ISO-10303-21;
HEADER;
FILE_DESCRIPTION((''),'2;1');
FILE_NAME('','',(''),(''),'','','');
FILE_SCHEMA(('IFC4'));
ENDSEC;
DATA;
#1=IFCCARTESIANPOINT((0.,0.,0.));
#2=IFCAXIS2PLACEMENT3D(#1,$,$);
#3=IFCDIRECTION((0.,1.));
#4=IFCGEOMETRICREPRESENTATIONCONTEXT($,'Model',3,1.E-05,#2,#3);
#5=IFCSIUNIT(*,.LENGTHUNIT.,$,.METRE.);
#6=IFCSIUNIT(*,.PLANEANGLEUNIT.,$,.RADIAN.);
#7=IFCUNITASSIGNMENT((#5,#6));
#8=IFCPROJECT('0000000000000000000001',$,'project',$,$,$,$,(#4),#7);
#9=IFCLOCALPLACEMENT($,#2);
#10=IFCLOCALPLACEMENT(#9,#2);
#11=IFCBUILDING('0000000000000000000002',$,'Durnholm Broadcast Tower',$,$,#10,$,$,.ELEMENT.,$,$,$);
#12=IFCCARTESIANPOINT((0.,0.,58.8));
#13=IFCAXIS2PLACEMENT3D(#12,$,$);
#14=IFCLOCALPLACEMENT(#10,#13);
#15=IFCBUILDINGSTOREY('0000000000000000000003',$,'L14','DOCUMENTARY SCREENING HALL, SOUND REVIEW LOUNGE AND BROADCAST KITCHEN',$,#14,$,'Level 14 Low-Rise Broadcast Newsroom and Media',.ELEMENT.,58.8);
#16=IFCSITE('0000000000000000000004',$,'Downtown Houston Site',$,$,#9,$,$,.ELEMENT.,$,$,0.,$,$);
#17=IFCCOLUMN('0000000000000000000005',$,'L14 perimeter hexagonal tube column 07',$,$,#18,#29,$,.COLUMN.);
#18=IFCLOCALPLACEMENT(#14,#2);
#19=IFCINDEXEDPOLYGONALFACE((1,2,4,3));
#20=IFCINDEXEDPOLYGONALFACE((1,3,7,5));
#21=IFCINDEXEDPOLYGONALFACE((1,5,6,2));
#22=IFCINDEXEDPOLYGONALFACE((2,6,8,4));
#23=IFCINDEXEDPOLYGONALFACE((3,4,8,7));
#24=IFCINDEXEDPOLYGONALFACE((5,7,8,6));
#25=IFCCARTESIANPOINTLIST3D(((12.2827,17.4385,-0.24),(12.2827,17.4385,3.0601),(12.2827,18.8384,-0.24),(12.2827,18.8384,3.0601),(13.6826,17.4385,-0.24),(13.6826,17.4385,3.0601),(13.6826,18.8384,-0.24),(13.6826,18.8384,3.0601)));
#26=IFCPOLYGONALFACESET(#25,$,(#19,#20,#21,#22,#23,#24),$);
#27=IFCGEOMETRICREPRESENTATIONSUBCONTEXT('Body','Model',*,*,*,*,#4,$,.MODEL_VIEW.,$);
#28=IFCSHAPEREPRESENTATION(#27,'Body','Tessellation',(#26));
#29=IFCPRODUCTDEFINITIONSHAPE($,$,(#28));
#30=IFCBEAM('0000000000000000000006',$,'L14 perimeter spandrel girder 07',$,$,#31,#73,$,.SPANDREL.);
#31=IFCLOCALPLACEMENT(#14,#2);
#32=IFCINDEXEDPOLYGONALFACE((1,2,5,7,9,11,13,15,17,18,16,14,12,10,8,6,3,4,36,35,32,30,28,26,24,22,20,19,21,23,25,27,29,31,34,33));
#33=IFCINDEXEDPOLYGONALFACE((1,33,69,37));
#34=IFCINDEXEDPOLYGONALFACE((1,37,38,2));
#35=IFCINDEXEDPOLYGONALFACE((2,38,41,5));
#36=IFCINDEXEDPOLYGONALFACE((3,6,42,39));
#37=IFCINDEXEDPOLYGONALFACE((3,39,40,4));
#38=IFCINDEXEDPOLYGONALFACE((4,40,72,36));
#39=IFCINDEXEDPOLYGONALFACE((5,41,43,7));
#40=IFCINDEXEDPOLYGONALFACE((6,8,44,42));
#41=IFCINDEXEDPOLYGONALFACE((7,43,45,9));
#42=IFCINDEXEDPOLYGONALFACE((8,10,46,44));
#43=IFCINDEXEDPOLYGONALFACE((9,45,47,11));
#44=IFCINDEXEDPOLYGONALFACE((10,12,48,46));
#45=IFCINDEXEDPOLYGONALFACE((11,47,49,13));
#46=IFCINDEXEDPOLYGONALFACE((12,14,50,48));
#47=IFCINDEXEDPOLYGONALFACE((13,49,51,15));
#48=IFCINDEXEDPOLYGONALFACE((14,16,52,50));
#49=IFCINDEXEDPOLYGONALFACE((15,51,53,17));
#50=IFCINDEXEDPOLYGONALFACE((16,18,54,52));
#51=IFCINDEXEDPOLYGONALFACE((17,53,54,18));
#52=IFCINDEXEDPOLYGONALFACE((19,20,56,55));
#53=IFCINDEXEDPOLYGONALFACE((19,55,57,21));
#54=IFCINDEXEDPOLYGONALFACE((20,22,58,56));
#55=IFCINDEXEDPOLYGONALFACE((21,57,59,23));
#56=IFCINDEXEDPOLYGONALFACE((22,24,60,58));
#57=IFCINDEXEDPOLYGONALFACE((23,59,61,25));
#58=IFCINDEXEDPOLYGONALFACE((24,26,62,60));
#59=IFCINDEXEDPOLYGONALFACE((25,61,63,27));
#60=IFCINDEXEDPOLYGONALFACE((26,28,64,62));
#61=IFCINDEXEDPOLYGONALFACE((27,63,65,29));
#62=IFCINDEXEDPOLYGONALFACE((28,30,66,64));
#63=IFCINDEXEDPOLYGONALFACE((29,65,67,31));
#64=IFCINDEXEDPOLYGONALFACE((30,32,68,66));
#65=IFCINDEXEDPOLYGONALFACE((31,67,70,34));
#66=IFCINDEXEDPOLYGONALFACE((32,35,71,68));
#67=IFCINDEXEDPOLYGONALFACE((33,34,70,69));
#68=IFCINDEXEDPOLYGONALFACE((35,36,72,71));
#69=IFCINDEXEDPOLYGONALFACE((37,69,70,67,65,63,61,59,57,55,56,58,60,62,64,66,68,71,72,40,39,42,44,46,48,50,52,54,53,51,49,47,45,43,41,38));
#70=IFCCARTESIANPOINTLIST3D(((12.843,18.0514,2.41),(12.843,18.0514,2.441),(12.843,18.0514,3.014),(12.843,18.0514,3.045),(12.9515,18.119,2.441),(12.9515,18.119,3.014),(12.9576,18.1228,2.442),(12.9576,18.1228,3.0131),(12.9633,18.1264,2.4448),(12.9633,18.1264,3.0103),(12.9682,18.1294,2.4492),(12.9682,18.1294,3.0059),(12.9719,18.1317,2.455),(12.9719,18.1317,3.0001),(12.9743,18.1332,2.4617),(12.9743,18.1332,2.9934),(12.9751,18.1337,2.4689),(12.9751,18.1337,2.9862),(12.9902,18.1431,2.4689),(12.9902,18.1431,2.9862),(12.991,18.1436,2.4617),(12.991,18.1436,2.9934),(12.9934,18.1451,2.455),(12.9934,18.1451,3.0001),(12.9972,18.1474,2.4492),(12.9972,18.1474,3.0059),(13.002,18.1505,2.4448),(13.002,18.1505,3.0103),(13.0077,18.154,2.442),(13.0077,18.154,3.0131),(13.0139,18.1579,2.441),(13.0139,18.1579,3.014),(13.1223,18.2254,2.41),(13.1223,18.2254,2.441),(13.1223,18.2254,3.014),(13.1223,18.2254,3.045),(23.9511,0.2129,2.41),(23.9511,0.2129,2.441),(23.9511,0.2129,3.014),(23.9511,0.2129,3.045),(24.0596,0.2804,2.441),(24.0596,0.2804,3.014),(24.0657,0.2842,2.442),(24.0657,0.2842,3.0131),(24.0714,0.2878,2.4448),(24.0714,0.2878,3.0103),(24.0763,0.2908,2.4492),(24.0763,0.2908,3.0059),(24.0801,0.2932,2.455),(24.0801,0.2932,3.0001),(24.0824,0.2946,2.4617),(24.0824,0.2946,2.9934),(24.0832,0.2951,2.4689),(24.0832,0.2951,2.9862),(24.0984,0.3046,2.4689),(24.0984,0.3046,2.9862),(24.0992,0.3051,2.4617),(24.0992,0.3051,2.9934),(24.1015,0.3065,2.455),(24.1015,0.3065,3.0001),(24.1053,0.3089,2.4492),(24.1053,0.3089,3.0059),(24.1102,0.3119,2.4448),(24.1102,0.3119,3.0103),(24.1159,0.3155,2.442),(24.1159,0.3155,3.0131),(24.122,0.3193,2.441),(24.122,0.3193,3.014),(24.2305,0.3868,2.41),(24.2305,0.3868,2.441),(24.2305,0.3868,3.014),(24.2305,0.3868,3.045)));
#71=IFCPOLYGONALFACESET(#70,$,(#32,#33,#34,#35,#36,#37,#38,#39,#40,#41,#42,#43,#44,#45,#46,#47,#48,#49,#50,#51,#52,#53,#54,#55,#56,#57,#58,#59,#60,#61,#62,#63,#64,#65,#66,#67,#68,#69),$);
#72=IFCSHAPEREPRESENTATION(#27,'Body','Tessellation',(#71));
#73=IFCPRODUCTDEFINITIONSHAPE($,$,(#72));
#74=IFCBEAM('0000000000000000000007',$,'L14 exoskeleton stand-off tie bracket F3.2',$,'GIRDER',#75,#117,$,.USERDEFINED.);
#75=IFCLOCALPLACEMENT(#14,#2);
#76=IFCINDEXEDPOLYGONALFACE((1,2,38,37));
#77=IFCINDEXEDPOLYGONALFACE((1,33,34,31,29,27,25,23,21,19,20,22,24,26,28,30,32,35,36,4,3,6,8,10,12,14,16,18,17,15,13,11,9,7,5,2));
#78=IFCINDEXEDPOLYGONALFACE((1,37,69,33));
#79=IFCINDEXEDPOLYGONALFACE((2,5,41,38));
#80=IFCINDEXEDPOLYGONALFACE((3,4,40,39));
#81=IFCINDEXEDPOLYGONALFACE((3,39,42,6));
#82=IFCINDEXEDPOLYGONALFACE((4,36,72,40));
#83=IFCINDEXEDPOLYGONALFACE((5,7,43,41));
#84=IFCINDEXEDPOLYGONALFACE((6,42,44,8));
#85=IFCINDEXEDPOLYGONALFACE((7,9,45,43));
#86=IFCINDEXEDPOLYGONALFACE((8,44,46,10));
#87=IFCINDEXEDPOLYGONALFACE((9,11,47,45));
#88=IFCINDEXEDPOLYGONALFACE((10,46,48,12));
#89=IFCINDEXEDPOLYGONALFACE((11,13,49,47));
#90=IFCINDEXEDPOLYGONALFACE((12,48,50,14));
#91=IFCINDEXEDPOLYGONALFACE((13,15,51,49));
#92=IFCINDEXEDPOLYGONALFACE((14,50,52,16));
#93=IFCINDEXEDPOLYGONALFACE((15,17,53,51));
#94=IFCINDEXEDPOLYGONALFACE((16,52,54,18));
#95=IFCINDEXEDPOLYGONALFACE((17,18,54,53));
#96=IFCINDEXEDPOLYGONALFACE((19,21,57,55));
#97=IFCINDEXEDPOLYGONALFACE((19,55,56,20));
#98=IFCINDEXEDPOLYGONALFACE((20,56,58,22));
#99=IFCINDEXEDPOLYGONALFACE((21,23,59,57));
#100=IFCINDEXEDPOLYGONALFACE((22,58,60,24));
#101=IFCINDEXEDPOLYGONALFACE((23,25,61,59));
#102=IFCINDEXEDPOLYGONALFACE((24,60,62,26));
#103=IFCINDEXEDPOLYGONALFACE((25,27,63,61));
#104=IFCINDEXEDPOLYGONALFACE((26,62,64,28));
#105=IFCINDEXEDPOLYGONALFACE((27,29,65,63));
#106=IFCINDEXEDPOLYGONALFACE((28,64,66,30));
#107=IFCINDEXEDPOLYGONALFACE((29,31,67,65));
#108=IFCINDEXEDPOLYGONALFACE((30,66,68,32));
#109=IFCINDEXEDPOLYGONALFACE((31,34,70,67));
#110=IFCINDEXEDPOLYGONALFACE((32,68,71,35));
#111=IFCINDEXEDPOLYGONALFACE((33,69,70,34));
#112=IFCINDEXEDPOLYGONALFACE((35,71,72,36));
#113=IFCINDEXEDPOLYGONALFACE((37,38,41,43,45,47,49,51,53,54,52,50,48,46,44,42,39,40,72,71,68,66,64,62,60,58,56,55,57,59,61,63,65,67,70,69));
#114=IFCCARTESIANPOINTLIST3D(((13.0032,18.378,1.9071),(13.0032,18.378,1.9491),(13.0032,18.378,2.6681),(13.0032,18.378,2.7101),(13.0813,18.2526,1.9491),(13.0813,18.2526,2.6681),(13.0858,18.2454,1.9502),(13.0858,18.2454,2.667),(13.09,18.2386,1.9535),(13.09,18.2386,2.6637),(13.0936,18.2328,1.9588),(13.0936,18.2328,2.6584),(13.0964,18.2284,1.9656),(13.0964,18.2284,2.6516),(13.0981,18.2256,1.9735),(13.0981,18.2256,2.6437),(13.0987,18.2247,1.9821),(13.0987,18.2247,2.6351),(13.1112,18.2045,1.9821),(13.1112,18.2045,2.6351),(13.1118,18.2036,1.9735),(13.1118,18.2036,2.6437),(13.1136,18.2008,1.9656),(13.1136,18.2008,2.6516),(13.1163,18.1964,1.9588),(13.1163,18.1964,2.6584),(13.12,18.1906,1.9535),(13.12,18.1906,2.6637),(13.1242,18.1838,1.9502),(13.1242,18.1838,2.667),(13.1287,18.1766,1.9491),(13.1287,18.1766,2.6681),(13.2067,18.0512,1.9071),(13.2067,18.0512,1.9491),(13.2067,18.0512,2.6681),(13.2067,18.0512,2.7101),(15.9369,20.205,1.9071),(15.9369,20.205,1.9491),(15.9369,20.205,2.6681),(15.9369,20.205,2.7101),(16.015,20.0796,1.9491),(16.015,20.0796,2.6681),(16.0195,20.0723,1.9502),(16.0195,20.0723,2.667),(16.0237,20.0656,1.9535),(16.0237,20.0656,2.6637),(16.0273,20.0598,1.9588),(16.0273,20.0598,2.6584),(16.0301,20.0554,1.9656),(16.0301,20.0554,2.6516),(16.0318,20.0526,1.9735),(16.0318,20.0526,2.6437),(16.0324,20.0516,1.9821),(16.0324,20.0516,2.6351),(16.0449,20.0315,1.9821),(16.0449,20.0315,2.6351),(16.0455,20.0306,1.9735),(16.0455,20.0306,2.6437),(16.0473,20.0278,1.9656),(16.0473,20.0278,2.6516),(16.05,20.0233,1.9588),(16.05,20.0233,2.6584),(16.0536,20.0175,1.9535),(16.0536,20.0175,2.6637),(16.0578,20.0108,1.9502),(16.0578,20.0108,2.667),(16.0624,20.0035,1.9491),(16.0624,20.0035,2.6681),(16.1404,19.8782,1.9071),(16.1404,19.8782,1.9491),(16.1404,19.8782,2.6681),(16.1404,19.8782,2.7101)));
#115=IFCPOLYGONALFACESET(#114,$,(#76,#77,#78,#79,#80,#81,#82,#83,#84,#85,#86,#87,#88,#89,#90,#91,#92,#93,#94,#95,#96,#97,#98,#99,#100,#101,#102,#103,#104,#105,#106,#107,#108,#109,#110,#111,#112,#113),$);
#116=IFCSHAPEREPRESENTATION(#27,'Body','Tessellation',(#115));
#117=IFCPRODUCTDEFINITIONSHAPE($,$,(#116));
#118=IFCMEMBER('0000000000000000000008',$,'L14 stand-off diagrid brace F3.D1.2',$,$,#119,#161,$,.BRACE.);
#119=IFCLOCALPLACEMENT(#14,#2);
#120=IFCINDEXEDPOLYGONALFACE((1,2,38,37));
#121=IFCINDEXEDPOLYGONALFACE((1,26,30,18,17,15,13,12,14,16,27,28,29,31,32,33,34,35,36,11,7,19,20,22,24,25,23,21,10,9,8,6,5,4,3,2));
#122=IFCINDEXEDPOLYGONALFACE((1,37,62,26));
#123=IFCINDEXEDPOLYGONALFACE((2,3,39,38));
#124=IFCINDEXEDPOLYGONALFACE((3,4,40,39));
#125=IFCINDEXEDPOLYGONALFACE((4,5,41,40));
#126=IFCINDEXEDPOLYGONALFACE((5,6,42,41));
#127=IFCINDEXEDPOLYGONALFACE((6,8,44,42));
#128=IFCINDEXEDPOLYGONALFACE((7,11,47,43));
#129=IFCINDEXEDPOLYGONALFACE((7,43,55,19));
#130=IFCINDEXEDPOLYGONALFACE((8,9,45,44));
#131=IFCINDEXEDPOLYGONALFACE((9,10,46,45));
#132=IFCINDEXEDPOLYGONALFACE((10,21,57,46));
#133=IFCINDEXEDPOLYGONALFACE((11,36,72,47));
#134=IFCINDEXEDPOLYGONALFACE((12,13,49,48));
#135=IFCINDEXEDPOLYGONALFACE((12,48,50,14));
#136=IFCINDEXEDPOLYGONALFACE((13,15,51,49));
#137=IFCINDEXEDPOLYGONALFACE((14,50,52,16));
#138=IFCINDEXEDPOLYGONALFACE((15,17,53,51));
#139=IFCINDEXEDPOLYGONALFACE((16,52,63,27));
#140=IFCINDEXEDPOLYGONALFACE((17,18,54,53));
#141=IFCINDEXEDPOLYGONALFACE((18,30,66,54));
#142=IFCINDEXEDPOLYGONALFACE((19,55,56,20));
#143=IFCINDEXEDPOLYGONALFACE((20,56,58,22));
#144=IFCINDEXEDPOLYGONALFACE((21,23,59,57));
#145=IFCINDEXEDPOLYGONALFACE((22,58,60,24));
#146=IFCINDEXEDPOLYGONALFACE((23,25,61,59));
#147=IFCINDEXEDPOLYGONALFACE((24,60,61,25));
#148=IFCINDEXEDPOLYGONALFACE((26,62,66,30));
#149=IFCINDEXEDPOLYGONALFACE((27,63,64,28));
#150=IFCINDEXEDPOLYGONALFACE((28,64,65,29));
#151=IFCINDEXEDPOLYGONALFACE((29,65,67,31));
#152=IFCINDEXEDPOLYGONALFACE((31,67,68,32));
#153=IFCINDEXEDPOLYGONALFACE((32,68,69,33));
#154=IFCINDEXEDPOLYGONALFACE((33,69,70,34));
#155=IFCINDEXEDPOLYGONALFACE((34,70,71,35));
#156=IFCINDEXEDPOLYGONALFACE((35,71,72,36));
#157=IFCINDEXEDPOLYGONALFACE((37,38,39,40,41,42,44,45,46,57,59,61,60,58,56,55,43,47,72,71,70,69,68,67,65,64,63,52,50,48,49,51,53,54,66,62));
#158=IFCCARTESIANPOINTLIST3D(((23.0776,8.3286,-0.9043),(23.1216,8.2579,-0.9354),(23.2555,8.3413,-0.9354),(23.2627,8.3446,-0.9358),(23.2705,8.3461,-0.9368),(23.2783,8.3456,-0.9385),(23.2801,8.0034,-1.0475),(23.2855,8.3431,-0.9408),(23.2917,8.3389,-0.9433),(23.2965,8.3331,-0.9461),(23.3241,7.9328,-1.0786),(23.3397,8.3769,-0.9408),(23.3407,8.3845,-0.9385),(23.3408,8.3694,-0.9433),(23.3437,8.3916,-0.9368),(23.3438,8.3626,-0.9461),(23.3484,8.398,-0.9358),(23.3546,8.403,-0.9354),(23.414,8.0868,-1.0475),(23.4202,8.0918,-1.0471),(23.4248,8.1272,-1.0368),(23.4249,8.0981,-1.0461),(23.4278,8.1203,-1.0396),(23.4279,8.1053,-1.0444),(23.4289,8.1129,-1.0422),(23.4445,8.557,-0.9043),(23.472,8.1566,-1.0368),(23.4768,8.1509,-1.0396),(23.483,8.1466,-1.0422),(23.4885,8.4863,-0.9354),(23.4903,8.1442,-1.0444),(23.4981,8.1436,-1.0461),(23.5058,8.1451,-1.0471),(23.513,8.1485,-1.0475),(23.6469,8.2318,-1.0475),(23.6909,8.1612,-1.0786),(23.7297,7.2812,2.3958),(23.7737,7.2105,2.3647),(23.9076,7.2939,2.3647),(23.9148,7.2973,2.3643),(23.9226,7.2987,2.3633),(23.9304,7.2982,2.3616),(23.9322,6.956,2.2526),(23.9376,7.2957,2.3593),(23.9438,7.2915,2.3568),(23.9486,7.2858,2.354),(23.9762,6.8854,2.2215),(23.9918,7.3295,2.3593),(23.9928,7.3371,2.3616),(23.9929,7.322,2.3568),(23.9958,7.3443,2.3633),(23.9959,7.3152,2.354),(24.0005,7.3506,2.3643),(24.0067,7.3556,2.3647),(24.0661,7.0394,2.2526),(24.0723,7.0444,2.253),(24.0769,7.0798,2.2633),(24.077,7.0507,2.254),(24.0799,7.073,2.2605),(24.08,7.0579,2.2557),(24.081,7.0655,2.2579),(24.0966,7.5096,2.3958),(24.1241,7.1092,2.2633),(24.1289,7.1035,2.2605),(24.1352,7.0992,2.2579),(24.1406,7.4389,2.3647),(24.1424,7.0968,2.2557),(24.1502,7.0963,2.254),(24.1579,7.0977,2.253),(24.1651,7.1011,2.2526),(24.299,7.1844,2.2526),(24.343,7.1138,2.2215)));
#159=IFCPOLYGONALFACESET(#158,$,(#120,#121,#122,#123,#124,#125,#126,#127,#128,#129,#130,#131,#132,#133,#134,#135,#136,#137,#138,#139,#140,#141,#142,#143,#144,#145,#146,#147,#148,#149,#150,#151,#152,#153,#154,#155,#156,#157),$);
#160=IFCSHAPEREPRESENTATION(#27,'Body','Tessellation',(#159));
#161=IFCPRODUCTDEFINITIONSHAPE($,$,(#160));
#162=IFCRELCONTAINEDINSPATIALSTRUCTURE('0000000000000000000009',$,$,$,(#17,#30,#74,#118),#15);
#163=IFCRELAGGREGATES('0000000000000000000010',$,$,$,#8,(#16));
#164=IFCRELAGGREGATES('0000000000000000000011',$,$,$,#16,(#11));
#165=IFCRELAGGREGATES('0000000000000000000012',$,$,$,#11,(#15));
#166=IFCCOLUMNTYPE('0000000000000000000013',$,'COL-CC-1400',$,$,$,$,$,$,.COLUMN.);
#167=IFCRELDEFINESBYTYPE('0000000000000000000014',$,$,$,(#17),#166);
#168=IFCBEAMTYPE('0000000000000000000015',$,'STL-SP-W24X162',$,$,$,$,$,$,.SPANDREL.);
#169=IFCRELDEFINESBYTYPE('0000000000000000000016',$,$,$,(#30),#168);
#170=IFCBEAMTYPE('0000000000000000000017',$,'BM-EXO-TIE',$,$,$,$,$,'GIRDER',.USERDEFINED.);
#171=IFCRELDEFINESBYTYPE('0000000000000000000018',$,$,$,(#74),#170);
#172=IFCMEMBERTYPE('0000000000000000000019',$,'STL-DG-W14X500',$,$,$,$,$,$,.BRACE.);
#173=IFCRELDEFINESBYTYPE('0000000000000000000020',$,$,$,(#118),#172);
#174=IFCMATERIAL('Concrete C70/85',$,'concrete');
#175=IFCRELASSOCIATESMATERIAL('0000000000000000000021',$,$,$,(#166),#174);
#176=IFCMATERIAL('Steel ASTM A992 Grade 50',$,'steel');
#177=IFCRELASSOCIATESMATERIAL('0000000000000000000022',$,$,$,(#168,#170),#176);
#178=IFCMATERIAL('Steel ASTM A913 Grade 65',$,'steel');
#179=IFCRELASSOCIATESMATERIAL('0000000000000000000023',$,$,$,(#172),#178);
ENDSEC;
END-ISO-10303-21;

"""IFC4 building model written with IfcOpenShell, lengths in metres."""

from ifc_helpers import new_model, si_unit, direction, frame, origin, origin_2d, place, context, subcontext, project, spatial, rectangle, i_section, extrude, source, transform, mapped, material, material_profile, profile_set, type_object, type_shapes, element, save


model = new_model("IFC4")

# Units and contexts
model_context = context("Model", 3, precision=1e-05, world=origin(), true_north=direction((0.0, 1.0)))
body_context = subcontext(model_context, "Body", "Model", "MODEL_VIEW")
ifc_project = project(units=[si_unit("LENGTHUNIT", "METRE"), si_unit("PLANEANGLEUNIT", "RADIAN")], contexts=[model_context])

# Site, building, storey
site_placement = place(None, origin())
site = spatial("IfcSite", under=ifc_project, at=site_placement, Name="Downtown Houston Site", CompositionType="ELEMENT", RefElevation=0.0)
building_placement = place(site_placement, origin())
building = spatial("IfcBuilding", under=site, at=building_placement, Name="Durnholm Broadcast Tower", CompositionType="ELEMENT")
storey_placement = place(building_placement, frame((0.0, 0.0, 58.8)))
storey = spatial("IfcBuildingStorey", under=building, at=storey_placement, Name="L14", Description="DOCUMENTARY SCREENING HALL, SOUND REVIEW LOUNGE AND BROADCAST KITCHEN", LongName="Level 14 Low-Rise Broadcast Newsroom and Media", CompositionType="ELEMENT", Elevation=58.8)

# Column
ifc_material_1 = material(Name="Concrete C70/85", Category="concrete")
ifc_material_profile_1 = material_profile(ifc_material_1, rectangle(XDim=1.3999, YDim=1.3999, at=origin_2d()), Name="RC1400X1400")
ifc_profile_set_1 = profile_set([ifc_material_profile_1], Name="Concrete C70/85")
column_type = type_object("IfcColumnType", Name="COL-CC-1400", PredefinedType="COLUMN", material=ifc_profile_set_1)
shared_shape_1 = source(origin(), body_context, "Body", "SweptSolid", [
    extrude(rectangle(XDim=1.3999, YDim=1.3999, at=origin_2d()), origin(), (0.0, 0.0, 1.0), 3.3),
])
type_shapes(column_type, [shared_shape_1])
column_placement = place(storey_placement, frame((12.9827, 18.1384, -0.24), z_axis=(0.0, 0.0, 1.0), x_axis=(1.0, 0.0, 0.0)))
element("IfcColumn", 1, at=column_placement, inside=storey, type_object=column_type, Name="L14 perimeter hexagonal tube column 07", PredefinedType="COLUMN", context=body_context, shape_type="MappedRepresentation", body=[
    mapped(shared_shape_1, transform((0.0, 0.0, 0.0), x_axis=(1.0, 0.0, 0.0), y_axis=(0.0, 1.0, 0.0), z_axis=(0.0, 0.0, 1.0), scale=1.0)),
])

# Beams
ifc_material_2 = material(Name="Steel ASTM A992 Grade 50", Category="steel")
ifc_material_profile_2 = material_profile(ifc_material_2, i_section(OverallWidth=0.3291, OverallDepth=0.635, WebThickness=0.0178, FlangeThickness=0.031, FilletRadius=0.0278, at=origin_2d()), Name="W24X162")
ifc_profile_set_2 = profile_set([ifc_material_profile_2], Name="Steel ASTM A992 Grade 50")
beam_type_1 = type_object("IfcBeamType", Name="STL-SP-W24X162", PredefinedType="SPANDREL", material=ifc_profile_set_2)
shared_shape_2 = source(origin(), body_context, "Body", "SweptSolid", [
    extrude(i_section(OverallWidth=0.3291, OverallDepth=0.635, WebThickness=0.0178, FlangeThickness=0.031, FilletRadius=0.0278, at=origin_2d()), origin(), (0.0, 0.0, 1.0), 21.0144),
])
type_shapes(beam_type_1, [shared_shape_2])
beam_1_placement = place(storey_placement, frame((12.9827, 18.1384, 2.7275), z_axis=(0.528596, -0.848874, 0.0), x_axis=(0.848874, 0.528596, 0.0)))
element("IfcBeam", 2, at=beam_1_placement, inside=storey, type_object=beam_type_1, Name="L14 perimeter spandrel girder 07", PredefinedType="SPANDREL", context=body_context, shape_type="MappedRepresentation", body=[
    mapped(shared_shape_2, transform((0.0, 0.0, 0.0), x_axis=(1.0, 0.0, 0.0), y_axis=(0.0, 1.0, 0.0), z_axis=(0.0, 0.0, 1.0), scale=1.0)),
])
ifc_material_profile_3 = material_profile(ifc_material_2, i_section(OverallWidth=0.385, OverallDepth=0.803, WebThickness=0.0237, FlangeThickness=0.042, FilletRadius=0.033, at=origin_2d()), Name="W30X261")
ifc_profile_set_3 = profile_set([ifc_material_profile_3], Name="Steel ASTM A992 Grade 50")
beam_type_2 = type_object("IfcBeamType", Name="BM-EXO-TIE", ElementType="GIRDER", PredefinedType="USERDEFINED", material=ifc_profile_set_3)
shared_shape_3 = source(origin(), body_context, "Body", "SweptSolid", [
    extrude(i_section(OverallWidth=0.385, OverallDepth=0.803, WebThickness=0.0237, FlangeThickness=0.042, FilletRadius=0.033, at=origin_2d()), origin(), (0.0, 0.0, 1.0), 3.4561),
])
type_shapes(beam_type_2, [shared_shape_3])
beam_2_placement = place(storey_placement, frame((13.105, 18.2146, 2.3086), z_axis=(0.848854, 0.528627, 0.0), x_axis=(-0.528627, 0.848854, 0.0)))
element("IfcBeam", 3, at=beam_2_placement, inside=storey, type_object=beam_type_2, Name="L14 exoskeleton stand-off tie bracket F3.2", ObjectType="GIRDER", PredefinedType="USERDEFINED", context=body_context, shape_type="MappedRepresentation", body=[
    mapped(shared_shape_3, transform((0.0, 0.0, 0.0), x_axis=(1.0, 0.0, 0.0), y_axis=(0.0, 1.0, 0.0), z_axis=(0.0, 0.0, 1.0), scale=1.0)),
])

# Member
ifc_material_3 = material(Name="Steel ASTM A913 Grade 65", Category="steel")
ifc_material_profile_4 = material_profile(ifc_material_3, i_section(OverallWidth=0.4321, OverallDepth=0.4978, WebThickness=0.0557, FlangeThickness=0.0889, FilletRadius=0.0305, at=origin_2d()), Name="W14X500")
ifc_profile_set_4 = profile_set([ifc_material_profile_4], Name="Steel ASTM A913 Grade 65")
member_type_1 = type_object("IfcMemberType", Name="STL-DG-W14X500", PredefinedType="BRACE", material=ifc_profile_set_4)
shared_shape_4 = source(origin(), body_context, "Body", "SweptSolid", [
    extrude(i_section(OverallWidth=0.4321, OverallDepth=0.4978, WebThickness=0.0557, FlangeThickness=0.0889, FilletRadius=0.0305, at=origin_2d()), origin(), (0.0, 0.0, 1.0), 3.5232),
])
type_shapes(member_type_1, [shared_shape_4])
for number, where, z_axis, x_axis, name in (
    (4, (23.3843, 8.2449, -0.9915), (0.18509, -0.297281, 0.936678), (0.848909, 0.52854, 0.0), "L14 stand-off diagrid brace F3.D1.2"),
):
    element("IfcMember", number, at=place(storey_placement, frame(where, z_axis=z_axis, x_axis=x_axis)), inside=storey, type_object=member_type_1, Name=name, PredefinedType="BRACE", context=body_context, shape_type="MappedRepresentation", body=[
        mapped(shared_shape_4, transform((0.0, 0.0, 0.0), x_axis=(1.0, 0.0, 0.0), y_axis=(0.0, 1.0, 0.0), z_axis=(0.0, 0.0, 1.0), scale=1.0)),
    ])

save(model, "model.ifc")
